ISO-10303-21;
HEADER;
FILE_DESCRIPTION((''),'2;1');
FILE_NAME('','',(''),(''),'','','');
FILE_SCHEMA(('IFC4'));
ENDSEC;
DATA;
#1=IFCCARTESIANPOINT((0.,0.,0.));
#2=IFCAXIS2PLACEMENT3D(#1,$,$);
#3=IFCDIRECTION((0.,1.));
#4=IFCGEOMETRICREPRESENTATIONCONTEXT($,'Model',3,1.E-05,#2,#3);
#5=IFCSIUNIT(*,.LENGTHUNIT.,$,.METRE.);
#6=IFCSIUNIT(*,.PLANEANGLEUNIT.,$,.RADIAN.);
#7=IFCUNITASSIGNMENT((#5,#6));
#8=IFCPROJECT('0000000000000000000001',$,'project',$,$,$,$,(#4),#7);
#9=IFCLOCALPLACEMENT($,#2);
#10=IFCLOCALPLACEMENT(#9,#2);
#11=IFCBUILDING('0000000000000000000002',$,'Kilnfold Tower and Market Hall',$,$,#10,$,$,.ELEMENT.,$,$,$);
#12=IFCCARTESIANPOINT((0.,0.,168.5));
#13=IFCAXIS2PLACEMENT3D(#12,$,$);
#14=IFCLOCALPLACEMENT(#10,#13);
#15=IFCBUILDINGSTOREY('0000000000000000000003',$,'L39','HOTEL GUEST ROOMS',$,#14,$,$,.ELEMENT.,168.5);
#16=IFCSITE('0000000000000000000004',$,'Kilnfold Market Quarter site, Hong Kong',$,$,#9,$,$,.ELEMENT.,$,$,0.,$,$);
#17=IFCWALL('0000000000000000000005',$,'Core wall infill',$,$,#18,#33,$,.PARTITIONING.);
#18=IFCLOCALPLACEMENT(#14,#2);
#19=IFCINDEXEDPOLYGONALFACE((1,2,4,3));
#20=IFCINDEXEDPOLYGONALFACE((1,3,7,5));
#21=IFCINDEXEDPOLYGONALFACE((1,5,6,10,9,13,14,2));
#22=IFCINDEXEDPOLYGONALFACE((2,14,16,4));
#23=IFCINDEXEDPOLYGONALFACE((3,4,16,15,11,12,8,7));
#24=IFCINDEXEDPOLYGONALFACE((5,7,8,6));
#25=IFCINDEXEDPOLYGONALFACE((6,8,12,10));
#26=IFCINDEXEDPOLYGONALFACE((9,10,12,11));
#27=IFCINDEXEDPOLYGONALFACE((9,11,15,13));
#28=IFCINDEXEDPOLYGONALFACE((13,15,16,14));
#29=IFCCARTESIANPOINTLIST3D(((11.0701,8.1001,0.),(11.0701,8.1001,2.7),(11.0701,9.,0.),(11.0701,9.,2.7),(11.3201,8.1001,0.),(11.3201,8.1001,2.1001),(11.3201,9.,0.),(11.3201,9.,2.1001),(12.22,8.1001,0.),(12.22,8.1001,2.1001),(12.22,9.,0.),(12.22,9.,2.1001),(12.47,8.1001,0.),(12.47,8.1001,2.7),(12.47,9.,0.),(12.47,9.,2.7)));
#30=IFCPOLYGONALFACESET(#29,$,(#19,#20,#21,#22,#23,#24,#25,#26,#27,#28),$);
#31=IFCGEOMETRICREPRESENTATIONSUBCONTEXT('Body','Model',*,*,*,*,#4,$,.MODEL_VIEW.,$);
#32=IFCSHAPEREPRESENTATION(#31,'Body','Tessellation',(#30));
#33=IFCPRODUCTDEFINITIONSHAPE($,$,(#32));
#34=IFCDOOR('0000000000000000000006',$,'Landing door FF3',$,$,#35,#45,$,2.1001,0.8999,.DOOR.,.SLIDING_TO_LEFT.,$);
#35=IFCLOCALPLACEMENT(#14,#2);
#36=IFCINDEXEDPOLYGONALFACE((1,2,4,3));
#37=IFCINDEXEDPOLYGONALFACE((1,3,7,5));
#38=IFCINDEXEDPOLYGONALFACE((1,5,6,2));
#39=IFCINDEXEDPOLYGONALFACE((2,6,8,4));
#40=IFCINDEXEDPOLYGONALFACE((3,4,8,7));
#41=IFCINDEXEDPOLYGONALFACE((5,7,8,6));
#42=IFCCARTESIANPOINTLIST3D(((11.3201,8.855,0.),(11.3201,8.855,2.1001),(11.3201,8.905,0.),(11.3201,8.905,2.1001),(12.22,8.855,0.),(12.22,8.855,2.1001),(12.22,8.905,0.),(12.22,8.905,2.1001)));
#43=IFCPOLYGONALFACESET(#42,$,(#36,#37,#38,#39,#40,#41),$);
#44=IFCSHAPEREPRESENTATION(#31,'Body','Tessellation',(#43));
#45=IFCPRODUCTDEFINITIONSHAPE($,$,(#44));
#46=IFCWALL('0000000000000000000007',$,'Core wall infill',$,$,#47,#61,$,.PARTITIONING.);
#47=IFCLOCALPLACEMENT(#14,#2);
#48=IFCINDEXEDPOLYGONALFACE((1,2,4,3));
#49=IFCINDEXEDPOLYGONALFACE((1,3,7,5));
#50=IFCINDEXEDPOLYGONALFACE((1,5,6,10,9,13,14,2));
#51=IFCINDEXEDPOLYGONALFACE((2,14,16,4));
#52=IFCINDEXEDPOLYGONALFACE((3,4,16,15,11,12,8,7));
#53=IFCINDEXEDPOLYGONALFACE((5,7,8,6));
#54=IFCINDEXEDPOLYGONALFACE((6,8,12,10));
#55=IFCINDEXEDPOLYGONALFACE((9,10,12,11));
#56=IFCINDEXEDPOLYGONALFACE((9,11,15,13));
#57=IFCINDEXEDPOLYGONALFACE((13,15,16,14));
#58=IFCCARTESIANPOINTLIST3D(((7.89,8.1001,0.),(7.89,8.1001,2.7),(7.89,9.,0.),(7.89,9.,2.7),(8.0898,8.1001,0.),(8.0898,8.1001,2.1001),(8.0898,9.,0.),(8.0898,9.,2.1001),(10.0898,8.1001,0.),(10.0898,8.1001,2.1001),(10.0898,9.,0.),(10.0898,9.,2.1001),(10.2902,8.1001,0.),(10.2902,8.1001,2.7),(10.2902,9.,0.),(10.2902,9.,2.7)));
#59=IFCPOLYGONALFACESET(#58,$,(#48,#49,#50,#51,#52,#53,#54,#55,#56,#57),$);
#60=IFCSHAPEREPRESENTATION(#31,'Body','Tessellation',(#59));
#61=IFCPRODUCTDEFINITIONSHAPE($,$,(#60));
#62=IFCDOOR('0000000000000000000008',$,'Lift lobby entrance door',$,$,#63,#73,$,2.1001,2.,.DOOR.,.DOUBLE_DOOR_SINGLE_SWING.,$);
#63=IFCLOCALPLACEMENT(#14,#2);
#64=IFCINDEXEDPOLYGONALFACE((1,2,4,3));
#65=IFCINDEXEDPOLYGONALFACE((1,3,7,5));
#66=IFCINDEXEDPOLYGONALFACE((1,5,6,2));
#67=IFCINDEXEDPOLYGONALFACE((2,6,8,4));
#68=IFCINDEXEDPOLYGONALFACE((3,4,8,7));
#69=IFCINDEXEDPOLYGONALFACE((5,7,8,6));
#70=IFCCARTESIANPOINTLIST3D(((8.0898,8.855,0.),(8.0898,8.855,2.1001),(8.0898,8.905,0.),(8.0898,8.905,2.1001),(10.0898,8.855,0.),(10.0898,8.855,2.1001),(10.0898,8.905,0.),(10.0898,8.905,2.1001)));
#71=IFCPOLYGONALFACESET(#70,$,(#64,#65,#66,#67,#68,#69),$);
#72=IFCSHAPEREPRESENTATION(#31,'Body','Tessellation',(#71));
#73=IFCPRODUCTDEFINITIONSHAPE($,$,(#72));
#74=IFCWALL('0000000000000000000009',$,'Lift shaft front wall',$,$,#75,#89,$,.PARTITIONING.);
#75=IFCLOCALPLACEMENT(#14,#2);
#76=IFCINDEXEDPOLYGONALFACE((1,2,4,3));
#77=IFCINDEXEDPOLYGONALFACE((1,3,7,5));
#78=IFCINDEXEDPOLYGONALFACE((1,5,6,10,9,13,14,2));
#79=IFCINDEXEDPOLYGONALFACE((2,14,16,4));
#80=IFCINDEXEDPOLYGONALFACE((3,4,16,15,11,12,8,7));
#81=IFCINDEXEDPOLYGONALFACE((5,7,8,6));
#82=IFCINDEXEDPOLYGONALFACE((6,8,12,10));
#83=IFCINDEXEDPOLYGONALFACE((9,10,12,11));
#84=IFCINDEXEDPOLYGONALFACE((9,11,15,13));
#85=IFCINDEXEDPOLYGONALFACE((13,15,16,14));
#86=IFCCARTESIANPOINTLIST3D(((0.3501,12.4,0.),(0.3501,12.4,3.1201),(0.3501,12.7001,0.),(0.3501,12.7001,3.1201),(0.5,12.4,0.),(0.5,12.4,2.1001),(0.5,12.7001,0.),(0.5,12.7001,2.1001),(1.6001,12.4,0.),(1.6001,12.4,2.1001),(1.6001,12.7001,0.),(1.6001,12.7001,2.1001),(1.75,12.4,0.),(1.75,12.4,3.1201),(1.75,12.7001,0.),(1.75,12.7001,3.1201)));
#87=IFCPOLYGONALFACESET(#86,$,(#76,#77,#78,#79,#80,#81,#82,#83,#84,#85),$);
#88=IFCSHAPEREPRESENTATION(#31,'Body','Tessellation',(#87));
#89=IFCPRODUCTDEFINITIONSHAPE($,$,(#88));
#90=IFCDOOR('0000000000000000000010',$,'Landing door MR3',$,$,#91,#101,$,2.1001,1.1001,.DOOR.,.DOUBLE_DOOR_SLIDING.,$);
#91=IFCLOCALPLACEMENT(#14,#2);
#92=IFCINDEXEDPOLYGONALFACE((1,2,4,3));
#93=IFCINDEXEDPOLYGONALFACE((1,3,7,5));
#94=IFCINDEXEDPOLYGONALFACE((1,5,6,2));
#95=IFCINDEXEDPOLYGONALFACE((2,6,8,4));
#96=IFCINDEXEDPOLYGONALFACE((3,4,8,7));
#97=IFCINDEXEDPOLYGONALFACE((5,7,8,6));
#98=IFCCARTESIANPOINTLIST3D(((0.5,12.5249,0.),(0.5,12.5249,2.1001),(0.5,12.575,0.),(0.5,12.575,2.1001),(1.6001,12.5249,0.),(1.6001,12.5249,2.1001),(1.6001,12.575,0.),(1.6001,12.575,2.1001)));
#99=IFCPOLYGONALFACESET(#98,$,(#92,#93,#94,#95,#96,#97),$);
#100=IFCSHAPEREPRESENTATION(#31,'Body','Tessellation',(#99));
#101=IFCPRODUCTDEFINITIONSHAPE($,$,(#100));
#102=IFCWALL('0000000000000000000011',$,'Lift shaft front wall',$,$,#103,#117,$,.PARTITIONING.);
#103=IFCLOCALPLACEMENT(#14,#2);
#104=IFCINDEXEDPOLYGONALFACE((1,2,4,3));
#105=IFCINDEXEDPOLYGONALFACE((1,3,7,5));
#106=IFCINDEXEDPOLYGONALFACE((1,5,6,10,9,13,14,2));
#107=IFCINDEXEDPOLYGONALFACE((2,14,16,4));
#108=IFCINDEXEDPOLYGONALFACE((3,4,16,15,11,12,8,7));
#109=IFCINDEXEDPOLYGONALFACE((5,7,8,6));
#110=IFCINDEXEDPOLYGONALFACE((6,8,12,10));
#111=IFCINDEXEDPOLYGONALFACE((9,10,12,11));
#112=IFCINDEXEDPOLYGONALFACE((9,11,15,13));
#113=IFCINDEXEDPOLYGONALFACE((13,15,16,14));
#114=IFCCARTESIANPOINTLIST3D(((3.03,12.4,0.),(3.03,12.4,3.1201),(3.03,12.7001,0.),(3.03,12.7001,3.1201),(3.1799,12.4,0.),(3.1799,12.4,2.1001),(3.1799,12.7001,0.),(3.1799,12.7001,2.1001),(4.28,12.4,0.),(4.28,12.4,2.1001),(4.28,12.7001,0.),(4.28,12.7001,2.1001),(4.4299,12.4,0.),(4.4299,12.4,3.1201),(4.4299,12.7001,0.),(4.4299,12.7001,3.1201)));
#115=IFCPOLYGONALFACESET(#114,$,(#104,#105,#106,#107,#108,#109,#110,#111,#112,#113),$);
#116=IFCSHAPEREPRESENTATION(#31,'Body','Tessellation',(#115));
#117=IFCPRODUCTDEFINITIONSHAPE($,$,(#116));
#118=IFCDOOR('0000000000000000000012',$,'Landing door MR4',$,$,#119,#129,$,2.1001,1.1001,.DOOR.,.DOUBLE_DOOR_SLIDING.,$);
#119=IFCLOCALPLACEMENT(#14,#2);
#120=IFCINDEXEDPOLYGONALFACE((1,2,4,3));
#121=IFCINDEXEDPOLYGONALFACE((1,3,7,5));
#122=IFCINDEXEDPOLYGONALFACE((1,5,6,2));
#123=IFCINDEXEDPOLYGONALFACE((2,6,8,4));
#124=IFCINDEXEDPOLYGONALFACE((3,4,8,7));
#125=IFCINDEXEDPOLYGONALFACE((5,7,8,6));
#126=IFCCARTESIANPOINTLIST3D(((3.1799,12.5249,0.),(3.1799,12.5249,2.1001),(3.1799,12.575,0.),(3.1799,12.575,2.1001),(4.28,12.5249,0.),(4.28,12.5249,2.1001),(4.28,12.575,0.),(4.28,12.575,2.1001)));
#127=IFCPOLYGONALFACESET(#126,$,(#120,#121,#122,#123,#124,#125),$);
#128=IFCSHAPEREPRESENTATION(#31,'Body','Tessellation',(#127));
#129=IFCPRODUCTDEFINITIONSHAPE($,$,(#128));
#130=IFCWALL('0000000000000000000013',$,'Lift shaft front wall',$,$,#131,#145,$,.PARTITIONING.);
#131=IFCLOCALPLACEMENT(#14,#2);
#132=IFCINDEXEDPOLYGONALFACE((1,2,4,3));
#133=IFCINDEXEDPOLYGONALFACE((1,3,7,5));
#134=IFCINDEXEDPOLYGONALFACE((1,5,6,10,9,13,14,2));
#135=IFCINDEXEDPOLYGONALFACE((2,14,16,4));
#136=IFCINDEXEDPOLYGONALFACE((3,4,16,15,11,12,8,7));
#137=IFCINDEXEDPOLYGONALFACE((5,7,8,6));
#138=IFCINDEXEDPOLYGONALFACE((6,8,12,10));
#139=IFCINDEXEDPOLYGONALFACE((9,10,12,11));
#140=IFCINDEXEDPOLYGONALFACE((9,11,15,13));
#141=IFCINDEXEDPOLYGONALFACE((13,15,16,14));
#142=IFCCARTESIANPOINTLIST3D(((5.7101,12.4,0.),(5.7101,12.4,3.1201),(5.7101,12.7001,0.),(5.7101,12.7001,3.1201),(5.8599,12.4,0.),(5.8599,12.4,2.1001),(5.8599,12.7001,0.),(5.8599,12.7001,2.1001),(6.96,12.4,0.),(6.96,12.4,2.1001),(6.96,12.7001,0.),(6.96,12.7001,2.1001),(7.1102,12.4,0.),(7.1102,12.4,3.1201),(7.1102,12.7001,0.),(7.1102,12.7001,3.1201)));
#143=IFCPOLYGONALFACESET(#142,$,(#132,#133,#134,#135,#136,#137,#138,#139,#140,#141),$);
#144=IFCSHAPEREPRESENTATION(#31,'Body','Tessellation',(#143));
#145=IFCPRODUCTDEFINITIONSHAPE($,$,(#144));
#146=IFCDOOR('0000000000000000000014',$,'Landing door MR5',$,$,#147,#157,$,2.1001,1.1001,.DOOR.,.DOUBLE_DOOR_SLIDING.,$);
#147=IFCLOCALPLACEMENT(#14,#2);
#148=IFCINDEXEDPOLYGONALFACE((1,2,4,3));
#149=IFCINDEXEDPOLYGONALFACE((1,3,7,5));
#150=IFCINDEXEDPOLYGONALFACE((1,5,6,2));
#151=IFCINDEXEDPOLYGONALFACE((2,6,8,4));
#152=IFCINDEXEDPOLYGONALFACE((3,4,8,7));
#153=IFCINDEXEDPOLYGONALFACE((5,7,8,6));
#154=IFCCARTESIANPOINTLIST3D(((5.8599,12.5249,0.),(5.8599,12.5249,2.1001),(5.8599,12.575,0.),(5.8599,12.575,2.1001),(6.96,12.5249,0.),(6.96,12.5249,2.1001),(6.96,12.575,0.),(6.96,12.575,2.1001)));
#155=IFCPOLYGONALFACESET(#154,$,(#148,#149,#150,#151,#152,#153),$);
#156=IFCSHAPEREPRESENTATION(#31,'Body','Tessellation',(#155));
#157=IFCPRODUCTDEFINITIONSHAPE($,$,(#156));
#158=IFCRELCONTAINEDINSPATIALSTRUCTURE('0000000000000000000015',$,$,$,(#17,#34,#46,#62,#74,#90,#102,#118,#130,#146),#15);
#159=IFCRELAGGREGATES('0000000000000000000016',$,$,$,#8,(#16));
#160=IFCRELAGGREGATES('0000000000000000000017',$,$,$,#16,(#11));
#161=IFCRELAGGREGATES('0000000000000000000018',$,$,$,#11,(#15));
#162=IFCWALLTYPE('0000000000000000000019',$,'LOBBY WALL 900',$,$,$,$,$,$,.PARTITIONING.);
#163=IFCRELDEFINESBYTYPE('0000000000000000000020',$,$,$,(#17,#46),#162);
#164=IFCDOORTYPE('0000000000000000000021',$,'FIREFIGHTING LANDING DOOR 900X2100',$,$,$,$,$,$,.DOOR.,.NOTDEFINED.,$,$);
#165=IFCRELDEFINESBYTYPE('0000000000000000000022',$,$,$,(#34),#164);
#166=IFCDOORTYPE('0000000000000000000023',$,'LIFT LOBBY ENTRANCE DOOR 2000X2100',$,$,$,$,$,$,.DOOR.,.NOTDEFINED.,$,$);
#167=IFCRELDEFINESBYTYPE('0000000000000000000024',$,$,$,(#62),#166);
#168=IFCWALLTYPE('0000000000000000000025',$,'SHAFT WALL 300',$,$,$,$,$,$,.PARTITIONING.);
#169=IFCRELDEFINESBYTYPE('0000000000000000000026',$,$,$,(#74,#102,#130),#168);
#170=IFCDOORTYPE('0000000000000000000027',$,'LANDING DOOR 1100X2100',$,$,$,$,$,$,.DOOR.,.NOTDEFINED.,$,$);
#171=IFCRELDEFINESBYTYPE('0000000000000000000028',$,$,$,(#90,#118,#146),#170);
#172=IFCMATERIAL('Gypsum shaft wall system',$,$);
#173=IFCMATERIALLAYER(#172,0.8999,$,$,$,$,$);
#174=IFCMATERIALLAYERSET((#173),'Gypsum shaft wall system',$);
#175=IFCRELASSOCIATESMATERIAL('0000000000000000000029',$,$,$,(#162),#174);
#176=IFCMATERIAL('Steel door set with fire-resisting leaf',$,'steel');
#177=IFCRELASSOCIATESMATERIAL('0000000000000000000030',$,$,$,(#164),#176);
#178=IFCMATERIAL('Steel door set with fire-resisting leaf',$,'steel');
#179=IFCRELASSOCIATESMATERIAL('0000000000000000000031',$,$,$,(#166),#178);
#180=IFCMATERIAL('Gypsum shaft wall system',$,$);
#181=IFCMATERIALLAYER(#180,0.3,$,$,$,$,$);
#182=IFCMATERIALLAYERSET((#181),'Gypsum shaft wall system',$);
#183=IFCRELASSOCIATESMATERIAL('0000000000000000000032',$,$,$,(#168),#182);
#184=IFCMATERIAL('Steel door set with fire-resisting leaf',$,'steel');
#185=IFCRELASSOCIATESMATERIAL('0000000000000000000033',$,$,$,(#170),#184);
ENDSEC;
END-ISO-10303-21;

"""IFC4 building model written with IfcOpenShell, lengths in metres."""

from ifc_helpers import new_model, si_unit, direction, frame, frame_2d, origin, place, context, subcontext, project, spatial, rectangle, extrude, source, transform, mapped, material, layer, layer_set, type_object, element, fill, save


model = new_model("IFC4")

# Units and contexts
model_context = context("Model", 3, precision=1e-05, world=origin(), true_north=direction((0.0, 1.0)))
body_context = subcontext(model_context, "Body", "Model", "MODEL_VIEW")
ifc_project = project(units=[si_unit("LENGTHUNIT", "METRE"), si_unit("PLANEANGLEUNIT", "RADIAN")], contexts=[model_context])

# Site, building, storey
site_placement = place(None, origin())
site = spatial("IfcSite", under=ifc_project, at=site_placement, Name="Kilnfold Market Quarter site, Hong Kong", CompositionType="ELEMENT", RefElevation=0.0)
building_placement = place(site_placement, origin())
building = spatial("IfcBuilding", under=site, at=building_placement, Name="Kilnfold Tower and Market Hall", CompositionType="ELEMENT")
storey_placement = place(building_placement, frame((0.0, 0.0, 168.5)))
storey = spatial("IfcBuildingStorey", under=building, at=storey_placement, Name="L39", Description="HOTEL GUEST ROOMS", CompositionType="ELEMENT", Elevation=168.5)

# Walls, openings, doors
ifc_material_1 = material(Name="Gypsum shaft wall system")
ifc_layer_1 = layer(ifc_material_1, 0.8999)
ifc_layer_set_1 = layer_set([ifc_layer_1], Name="Gypsum shaft wall system")
wall_type_1 = type_object("IfcWallType", Name="LOBBY WALL 900", PredefinedType="PARTITIONING", material=ifc_layer_set_1)
shared_shape_1 = source(origin(), body_context, "Body", "SweptSolid", [
    extrude(rectangle(XDim=1.3999, YDim=0.8999, at=frame_2d((0.7, 0.0))), origin(), (0.0, 0.0, 1.0), 2.7),
])
wall_1_placement = place(storey_placement, frame((11.0701, 8.55, 0.0), z_axis=(0.0, 0.0, 1.0), x_axis=(1.0, 0.0, 0.0)))
wall_1 = element("IfcWall", 1, at=wall_1_placement, inside=storey, type_object=wall_type_1, Name="Core wall infill", PredefinedType="PARTITIONING", context=body_context, shape_type="MappedRepresentation", body=[
    mapped(shared_shape_1, transform((0.0, 0.0, 0.0))),
])
opening_1_placement = place(wall_1_placement, frame((0.25, 0.0, 0.0)))
opening_1 = element("IfcOpeningElement", 2, at=opening_1_placement, cuts=wall_1, PredefinedType="OPENING", context=body_context, shape_type="SweptSolid", body=[
    extrude(rectangle(XDim=0.8999, YDim=2.1001, at=frame_2d((0.45, 1.05))), frame((0.0, 0.46, 0.0), z_axis=(0.0, -1.0, 0.0), x_axis=(1.0, 0.0, 0.0)), (0.0, 0.0, 1.0), 0.9199),
])
ifc_material_2 = material(Name="Steel door set with fire-resisting leaf", Category="steel")
door_type_1 = type_object("IfcDoorType", Name="FIREFIGHTING LANDING DOOR 900X2100", OperationType="NOTDEFINED", PredefinedType="DOOR", material=ifc_material_2)
door_1_placement = place(opening_1_placement, origin())
door_1 = element("IfcDoor", 3, at=door_1_placement, inside=storey, type_object=door_type_1, Name="Landing door FF3", OperationType="SLIDING_TO_LEFT", OverallHeight=2.1001, OverallWidth=0.8999, PredefinedType="DOOR", context=body_context, shape_type="SweptSolid", body=[
    extrude(rectangle(XDim=0.8999, YDim=2.1001, at=frame_2d((0.45, 1.05))), frame((0.0, 0.355, 0.0), z_axis=(0.0, -1.0, 0.0), x_axis=(1.0, 0.0, 0.0)), (0.0, 0.0, 1.0), 0.05),
])
fill(opening_1, door_1)
shared_shape_2 = source(origin(), body_context, "Body", "SweptSolid", [
    extrude(rectangle(XDim=2.4001, YDim=0.8999, at=frame_2d((1.2002, 0.0))), origin(), (0.0, 0.0, 1.0), 2.7),
])
wall_2_placement = place(storey_placement, frame((7.8899, 8.55, 0.0), z_axis=(0.0, 0.0, 1.0), x_axis=(1.0, 0.0, 0.0)))
wall_2 = element("IfcWall", 4, at=wall_2_placement, inside=storey, type_object=wall_type_1, Name="Core wall infill", PredefinedType="PARTITIONING", context=body_context, shape_type="MappedRepresentation", body=[
    mapped(shared_shape_2, transform((0.0, 0.0, 0.0))),
])
opening_2_placement = place(wall_2_placement, frame((0.2, 0.0, 0.0)))
opening_2 = element("IfcOpeningElement", 5, at=opening_2_placement, cuts=wall_2, PredefinedType="OPENING", context=body_context, shape_type="SweptSolid", body=[
    extrude(rectangle(XDim=2.0, YDim=2.1001, at=frame_2d((1.0, 1.05))), frame((0.0, 0.46, 0.0), z_axis=(0.0, -1.0, 0.0), x_axis=(1.0, 0.0, 0.0)), (0.0, 0.0, 1.0), 0.9199),
])
ifc_material_3 = material(Name="Steel door set with fire-resisting leaf", Category="steel")
door_type_2 = type_object("IfcDoorType", Name="LIFT LOBBY ENTRANCE DOOR 2000X2100", OperationType="NOTDEFINED", PredefinedType="DOOR", material=ifc_material_3)
door_2_placement = place(opening_2_placement, origin())
door_2 = element("IfcDoor", 6, at=door_2_placement, inside=storey, type_object=door_type_2, Name="Lift lobby entrance door", OperationType="DOUBLE_DOOR_SINGLE_SWING", OverallHeight=2.1001, OverallWidth=2.0, PredefinedType="DOOR", context=body_context, shape_type="SweptSolid", body=[
    extrude(rectangle(XDim=2.0, YDim=2.1001, at=frame_2d((1.0, 1.05))), frame((0.0, 0.355, 0.0), z_axis=(0.0, -1.0, 0.0), x_axis=(1.0, 0.0, 0.0)), (0.0, 0.0, 1.0), 0.05),
])
fill(opening_2, door_2)
ifc_material_4 = material(Name="Gypsum shaft wall system")
ifc_layer_2 = layer(ifc_material_4, 0.3)
ifc_layer_set_2 = layer_set([ifc_layer_2], Name="Gypsum shaft wall system")
wall_type_2 = type_object("IfcWallType", Name="SHAFT WALL 300", PredefinedType="PARTITIONING", material=ifc_layer_set_2)
shared_shape_3 = source(origin(), body_context, "Body", "SweptSolid", [
    extrude(rectangle(XDim=1.3999, YDim=0.3, at=frame_2d((0.7, 0.0))), origin(), (0.0, 0.0, 1.0), 3.1201),
])
wall_3_placement = place(storey_placement, frame((0.3501, 12.55, 0.0), z_axis=(0.0, 0.0, 1.0), x_axis=(1.0, 0.0, 0.0)))
wall_3 = element("IfcWall", 7, at=wall_3_placement, inside=storey, type_object=wall_type_2, Name="Lift shaft front wall", PredefinedType="PARTITIONING", context=body_context, shape_type="MappedRepresentation", body=[
    mapped(shared_shape_3, transform((0.0, 0.0, 0.0))),
])
opening_3_placement = place(wall_3_placement, frame((0.1499, 0.0, 0.0)))
opening_3 = element("IfcOpeningElement", 8, at=opening_3_placement, cuts=wall_3, PredefinedType="OPENING", context=body_context, shape_type="SweptSolid", body=[
    extrude(rectangle(XDim=1.1001, YDim=2.1001, at=frame_2d((0.55, 1.05))), frame((0.0, 0.1602, 0.0), z_axis=(0.0, -1.0, 0.0), x_axis=(1.0, 0.0, 0.0)), (0.0, 0.0, 1.0), 0.3201),
])
ifc_material_5 = material(Name="Steel door set with fire-resisting leaf", Category="steel")
door_type_3 = type_object("IfcDoorType", Name="LANDING DOOR 1100X2100", OperationType="NOTDEFINED", PredefinedType="DOOR", material=ifc_material_5)
door_3_placement = place(opening_3_placement, origin())
door_3 = element("IfcDoor", 9, at=door_3_placement, inside=storey, type_object=door_type_3, Name="Landing door MR3", OperationType="DOUBLE_DOOR_SLIDING", OverallHeight=2.1001, OverallWidth=1.1001, PredefinedType="DOOR", context=body_context, shape_type="SweptSolid", body=[
    extrude(rectangle(XDim=1.1001, YDim=2.1001, at=frame_2d((0.55, 1.05))), frame((0.0, 0.0249, 0.0), z_axis=(0.0, -1.0, 0.0), x_axis=(1.0, 0.0, 0.0)), (0.0, 0.0, 1.0), 0.05),
])
fill(opening_3, door_3)
wall_4_placement = place(storey_placement, frame((3.03, 12.55, 0.0), z_axis=(0.0, 0.0, 1.0), x_axis=(1.0, 0.0, 0.0)))
wall_4 = element("IfcWall", 10, at=wall_4_placement, inside=storey, type_object=wall_type_2, Name="Lift shaft front wall", PredefinedType="PARTITIONING", context=body_context, shape_type="MappedRepresentation", body=[
    mapped(shared_shape_3, transform((0.0, 0.0, 0.0))),
])
opening_4_placement = place(wall_4_placement, frame((0.1499, 0.0, 0.0)))
opening_4 = element("IfcOpeningElement", 11, at=opening_4_placement, cuts=wall_4, PredefinedType="OPENING", context=body_context, shape_type="SweptSolid", body=[
    extrude(rectangle(XDim=1.1001, YDim=2.1001, at=frame_2d((0.55, 1.05))), frame((0.0, 0.1602, 0.0), z_axis=(0.0, -1.0, 0.0), x_axis=(1.0, 0.0, 0.0)), (0.0, 0.0, 1.0), 0.3201),
])
door_4_placement = place(opening_4_placement, origin())
door_4 = element("IfcDoor", 12, at=door_4_placement, inside=storey, type_object=door_type_3, Name="Landing door MR4", OperationType="DOUBLE_DOOR_SLIDING", OverallHeight=2.1001, OverallWidth=1.1001, PredefinedType="DOOR", context=body_context, shape_type="SweptSolid", body=[
    extrude(rectangle(XDim=1.1001, YDim=2.1001, at=frame_2d((0.55, 1.05))), frame((0.0, 0.0249, 0.0), z_axis=(0.0, -1.0, 0.0), x_axis=(1.0, 0.0, 0.0)), (0.0, 0.0, 1.0), 0.05),
])
fill(opening_4, door_4)
shared_shape_4 = source(origin(), body_context, "Body", "SweptSolid", [
    extrude(rectangle(XDim=1.4001, YDim=0.3, at=frame_2d((0.7002, 0.0))), origin(), (0.0, 0.0, 1.0), 3.1201),
])
wall_5_placement = place(storey_placement, frame((5.71, 12.55, 0.0), z_axis=(0.0, 0.0, 1.0), x_axis=(1.0, 0.0, 0.0)))
wall_5 = element("IfcWall", 13, at=wall_5_placement, inside=storey, type_object=wall_type_2, Name="Lift shaft front wall", PredefinedType="PARTITIONING", context=body_context, shape_type="MappedRepresentation", body=[
    mapped(shared_shape_4, transform((0.0, 0.0, 0.0))),
])
opening_5_placement = place(wall_5_placement, frame((0.1499, 0.0, 0.0)))
opening_5 = element("IfcOpeningElement", 14, at=opening_5_placement, cuts=wall_5, PredefinedType="OPENING", context=body_context, shape_type="SweptSolid", body=[
    extrude(rectangle(XDim=1.1001, YDim=2.1001, at=frame_2d((0.55, 1.05))), frame((0.0, 0.1602, 0.0), z_axis=(0.0, -1.0, 0.0), x_axis=(1.0, 0.0, 0.0)), (0.0, 0.0, 1.0), 0.3201),
])
door_5_placement = place(opening_5_placement, origin())
door_5 = element("IfcDoor", 15, at=door_5_placement, inside=storey, type_object=door_type_3, Name="Landing door MR5", OperationType="DOUBLE_DOOR_SLIDING", OverallHeight=2.1001, OverallWidth=1.1001, PredefinedType="DOOR", context=body_context, shape_type="SweptSolid", body=[
    extrude(rectangle(XDim=1.1001, YDim=2.1001, at=frame_2d((0.55, 1.05))), frame((0.0, 0.0249, 0.0), z_axis=(0.0, -1.0, 0.0), x_axis=(1.0, 0.0, 0.0)), (0.0, 0.0, 1.0), 0.05),
])
fill(opening_5, door_5)

save(model, "model.ifc")
